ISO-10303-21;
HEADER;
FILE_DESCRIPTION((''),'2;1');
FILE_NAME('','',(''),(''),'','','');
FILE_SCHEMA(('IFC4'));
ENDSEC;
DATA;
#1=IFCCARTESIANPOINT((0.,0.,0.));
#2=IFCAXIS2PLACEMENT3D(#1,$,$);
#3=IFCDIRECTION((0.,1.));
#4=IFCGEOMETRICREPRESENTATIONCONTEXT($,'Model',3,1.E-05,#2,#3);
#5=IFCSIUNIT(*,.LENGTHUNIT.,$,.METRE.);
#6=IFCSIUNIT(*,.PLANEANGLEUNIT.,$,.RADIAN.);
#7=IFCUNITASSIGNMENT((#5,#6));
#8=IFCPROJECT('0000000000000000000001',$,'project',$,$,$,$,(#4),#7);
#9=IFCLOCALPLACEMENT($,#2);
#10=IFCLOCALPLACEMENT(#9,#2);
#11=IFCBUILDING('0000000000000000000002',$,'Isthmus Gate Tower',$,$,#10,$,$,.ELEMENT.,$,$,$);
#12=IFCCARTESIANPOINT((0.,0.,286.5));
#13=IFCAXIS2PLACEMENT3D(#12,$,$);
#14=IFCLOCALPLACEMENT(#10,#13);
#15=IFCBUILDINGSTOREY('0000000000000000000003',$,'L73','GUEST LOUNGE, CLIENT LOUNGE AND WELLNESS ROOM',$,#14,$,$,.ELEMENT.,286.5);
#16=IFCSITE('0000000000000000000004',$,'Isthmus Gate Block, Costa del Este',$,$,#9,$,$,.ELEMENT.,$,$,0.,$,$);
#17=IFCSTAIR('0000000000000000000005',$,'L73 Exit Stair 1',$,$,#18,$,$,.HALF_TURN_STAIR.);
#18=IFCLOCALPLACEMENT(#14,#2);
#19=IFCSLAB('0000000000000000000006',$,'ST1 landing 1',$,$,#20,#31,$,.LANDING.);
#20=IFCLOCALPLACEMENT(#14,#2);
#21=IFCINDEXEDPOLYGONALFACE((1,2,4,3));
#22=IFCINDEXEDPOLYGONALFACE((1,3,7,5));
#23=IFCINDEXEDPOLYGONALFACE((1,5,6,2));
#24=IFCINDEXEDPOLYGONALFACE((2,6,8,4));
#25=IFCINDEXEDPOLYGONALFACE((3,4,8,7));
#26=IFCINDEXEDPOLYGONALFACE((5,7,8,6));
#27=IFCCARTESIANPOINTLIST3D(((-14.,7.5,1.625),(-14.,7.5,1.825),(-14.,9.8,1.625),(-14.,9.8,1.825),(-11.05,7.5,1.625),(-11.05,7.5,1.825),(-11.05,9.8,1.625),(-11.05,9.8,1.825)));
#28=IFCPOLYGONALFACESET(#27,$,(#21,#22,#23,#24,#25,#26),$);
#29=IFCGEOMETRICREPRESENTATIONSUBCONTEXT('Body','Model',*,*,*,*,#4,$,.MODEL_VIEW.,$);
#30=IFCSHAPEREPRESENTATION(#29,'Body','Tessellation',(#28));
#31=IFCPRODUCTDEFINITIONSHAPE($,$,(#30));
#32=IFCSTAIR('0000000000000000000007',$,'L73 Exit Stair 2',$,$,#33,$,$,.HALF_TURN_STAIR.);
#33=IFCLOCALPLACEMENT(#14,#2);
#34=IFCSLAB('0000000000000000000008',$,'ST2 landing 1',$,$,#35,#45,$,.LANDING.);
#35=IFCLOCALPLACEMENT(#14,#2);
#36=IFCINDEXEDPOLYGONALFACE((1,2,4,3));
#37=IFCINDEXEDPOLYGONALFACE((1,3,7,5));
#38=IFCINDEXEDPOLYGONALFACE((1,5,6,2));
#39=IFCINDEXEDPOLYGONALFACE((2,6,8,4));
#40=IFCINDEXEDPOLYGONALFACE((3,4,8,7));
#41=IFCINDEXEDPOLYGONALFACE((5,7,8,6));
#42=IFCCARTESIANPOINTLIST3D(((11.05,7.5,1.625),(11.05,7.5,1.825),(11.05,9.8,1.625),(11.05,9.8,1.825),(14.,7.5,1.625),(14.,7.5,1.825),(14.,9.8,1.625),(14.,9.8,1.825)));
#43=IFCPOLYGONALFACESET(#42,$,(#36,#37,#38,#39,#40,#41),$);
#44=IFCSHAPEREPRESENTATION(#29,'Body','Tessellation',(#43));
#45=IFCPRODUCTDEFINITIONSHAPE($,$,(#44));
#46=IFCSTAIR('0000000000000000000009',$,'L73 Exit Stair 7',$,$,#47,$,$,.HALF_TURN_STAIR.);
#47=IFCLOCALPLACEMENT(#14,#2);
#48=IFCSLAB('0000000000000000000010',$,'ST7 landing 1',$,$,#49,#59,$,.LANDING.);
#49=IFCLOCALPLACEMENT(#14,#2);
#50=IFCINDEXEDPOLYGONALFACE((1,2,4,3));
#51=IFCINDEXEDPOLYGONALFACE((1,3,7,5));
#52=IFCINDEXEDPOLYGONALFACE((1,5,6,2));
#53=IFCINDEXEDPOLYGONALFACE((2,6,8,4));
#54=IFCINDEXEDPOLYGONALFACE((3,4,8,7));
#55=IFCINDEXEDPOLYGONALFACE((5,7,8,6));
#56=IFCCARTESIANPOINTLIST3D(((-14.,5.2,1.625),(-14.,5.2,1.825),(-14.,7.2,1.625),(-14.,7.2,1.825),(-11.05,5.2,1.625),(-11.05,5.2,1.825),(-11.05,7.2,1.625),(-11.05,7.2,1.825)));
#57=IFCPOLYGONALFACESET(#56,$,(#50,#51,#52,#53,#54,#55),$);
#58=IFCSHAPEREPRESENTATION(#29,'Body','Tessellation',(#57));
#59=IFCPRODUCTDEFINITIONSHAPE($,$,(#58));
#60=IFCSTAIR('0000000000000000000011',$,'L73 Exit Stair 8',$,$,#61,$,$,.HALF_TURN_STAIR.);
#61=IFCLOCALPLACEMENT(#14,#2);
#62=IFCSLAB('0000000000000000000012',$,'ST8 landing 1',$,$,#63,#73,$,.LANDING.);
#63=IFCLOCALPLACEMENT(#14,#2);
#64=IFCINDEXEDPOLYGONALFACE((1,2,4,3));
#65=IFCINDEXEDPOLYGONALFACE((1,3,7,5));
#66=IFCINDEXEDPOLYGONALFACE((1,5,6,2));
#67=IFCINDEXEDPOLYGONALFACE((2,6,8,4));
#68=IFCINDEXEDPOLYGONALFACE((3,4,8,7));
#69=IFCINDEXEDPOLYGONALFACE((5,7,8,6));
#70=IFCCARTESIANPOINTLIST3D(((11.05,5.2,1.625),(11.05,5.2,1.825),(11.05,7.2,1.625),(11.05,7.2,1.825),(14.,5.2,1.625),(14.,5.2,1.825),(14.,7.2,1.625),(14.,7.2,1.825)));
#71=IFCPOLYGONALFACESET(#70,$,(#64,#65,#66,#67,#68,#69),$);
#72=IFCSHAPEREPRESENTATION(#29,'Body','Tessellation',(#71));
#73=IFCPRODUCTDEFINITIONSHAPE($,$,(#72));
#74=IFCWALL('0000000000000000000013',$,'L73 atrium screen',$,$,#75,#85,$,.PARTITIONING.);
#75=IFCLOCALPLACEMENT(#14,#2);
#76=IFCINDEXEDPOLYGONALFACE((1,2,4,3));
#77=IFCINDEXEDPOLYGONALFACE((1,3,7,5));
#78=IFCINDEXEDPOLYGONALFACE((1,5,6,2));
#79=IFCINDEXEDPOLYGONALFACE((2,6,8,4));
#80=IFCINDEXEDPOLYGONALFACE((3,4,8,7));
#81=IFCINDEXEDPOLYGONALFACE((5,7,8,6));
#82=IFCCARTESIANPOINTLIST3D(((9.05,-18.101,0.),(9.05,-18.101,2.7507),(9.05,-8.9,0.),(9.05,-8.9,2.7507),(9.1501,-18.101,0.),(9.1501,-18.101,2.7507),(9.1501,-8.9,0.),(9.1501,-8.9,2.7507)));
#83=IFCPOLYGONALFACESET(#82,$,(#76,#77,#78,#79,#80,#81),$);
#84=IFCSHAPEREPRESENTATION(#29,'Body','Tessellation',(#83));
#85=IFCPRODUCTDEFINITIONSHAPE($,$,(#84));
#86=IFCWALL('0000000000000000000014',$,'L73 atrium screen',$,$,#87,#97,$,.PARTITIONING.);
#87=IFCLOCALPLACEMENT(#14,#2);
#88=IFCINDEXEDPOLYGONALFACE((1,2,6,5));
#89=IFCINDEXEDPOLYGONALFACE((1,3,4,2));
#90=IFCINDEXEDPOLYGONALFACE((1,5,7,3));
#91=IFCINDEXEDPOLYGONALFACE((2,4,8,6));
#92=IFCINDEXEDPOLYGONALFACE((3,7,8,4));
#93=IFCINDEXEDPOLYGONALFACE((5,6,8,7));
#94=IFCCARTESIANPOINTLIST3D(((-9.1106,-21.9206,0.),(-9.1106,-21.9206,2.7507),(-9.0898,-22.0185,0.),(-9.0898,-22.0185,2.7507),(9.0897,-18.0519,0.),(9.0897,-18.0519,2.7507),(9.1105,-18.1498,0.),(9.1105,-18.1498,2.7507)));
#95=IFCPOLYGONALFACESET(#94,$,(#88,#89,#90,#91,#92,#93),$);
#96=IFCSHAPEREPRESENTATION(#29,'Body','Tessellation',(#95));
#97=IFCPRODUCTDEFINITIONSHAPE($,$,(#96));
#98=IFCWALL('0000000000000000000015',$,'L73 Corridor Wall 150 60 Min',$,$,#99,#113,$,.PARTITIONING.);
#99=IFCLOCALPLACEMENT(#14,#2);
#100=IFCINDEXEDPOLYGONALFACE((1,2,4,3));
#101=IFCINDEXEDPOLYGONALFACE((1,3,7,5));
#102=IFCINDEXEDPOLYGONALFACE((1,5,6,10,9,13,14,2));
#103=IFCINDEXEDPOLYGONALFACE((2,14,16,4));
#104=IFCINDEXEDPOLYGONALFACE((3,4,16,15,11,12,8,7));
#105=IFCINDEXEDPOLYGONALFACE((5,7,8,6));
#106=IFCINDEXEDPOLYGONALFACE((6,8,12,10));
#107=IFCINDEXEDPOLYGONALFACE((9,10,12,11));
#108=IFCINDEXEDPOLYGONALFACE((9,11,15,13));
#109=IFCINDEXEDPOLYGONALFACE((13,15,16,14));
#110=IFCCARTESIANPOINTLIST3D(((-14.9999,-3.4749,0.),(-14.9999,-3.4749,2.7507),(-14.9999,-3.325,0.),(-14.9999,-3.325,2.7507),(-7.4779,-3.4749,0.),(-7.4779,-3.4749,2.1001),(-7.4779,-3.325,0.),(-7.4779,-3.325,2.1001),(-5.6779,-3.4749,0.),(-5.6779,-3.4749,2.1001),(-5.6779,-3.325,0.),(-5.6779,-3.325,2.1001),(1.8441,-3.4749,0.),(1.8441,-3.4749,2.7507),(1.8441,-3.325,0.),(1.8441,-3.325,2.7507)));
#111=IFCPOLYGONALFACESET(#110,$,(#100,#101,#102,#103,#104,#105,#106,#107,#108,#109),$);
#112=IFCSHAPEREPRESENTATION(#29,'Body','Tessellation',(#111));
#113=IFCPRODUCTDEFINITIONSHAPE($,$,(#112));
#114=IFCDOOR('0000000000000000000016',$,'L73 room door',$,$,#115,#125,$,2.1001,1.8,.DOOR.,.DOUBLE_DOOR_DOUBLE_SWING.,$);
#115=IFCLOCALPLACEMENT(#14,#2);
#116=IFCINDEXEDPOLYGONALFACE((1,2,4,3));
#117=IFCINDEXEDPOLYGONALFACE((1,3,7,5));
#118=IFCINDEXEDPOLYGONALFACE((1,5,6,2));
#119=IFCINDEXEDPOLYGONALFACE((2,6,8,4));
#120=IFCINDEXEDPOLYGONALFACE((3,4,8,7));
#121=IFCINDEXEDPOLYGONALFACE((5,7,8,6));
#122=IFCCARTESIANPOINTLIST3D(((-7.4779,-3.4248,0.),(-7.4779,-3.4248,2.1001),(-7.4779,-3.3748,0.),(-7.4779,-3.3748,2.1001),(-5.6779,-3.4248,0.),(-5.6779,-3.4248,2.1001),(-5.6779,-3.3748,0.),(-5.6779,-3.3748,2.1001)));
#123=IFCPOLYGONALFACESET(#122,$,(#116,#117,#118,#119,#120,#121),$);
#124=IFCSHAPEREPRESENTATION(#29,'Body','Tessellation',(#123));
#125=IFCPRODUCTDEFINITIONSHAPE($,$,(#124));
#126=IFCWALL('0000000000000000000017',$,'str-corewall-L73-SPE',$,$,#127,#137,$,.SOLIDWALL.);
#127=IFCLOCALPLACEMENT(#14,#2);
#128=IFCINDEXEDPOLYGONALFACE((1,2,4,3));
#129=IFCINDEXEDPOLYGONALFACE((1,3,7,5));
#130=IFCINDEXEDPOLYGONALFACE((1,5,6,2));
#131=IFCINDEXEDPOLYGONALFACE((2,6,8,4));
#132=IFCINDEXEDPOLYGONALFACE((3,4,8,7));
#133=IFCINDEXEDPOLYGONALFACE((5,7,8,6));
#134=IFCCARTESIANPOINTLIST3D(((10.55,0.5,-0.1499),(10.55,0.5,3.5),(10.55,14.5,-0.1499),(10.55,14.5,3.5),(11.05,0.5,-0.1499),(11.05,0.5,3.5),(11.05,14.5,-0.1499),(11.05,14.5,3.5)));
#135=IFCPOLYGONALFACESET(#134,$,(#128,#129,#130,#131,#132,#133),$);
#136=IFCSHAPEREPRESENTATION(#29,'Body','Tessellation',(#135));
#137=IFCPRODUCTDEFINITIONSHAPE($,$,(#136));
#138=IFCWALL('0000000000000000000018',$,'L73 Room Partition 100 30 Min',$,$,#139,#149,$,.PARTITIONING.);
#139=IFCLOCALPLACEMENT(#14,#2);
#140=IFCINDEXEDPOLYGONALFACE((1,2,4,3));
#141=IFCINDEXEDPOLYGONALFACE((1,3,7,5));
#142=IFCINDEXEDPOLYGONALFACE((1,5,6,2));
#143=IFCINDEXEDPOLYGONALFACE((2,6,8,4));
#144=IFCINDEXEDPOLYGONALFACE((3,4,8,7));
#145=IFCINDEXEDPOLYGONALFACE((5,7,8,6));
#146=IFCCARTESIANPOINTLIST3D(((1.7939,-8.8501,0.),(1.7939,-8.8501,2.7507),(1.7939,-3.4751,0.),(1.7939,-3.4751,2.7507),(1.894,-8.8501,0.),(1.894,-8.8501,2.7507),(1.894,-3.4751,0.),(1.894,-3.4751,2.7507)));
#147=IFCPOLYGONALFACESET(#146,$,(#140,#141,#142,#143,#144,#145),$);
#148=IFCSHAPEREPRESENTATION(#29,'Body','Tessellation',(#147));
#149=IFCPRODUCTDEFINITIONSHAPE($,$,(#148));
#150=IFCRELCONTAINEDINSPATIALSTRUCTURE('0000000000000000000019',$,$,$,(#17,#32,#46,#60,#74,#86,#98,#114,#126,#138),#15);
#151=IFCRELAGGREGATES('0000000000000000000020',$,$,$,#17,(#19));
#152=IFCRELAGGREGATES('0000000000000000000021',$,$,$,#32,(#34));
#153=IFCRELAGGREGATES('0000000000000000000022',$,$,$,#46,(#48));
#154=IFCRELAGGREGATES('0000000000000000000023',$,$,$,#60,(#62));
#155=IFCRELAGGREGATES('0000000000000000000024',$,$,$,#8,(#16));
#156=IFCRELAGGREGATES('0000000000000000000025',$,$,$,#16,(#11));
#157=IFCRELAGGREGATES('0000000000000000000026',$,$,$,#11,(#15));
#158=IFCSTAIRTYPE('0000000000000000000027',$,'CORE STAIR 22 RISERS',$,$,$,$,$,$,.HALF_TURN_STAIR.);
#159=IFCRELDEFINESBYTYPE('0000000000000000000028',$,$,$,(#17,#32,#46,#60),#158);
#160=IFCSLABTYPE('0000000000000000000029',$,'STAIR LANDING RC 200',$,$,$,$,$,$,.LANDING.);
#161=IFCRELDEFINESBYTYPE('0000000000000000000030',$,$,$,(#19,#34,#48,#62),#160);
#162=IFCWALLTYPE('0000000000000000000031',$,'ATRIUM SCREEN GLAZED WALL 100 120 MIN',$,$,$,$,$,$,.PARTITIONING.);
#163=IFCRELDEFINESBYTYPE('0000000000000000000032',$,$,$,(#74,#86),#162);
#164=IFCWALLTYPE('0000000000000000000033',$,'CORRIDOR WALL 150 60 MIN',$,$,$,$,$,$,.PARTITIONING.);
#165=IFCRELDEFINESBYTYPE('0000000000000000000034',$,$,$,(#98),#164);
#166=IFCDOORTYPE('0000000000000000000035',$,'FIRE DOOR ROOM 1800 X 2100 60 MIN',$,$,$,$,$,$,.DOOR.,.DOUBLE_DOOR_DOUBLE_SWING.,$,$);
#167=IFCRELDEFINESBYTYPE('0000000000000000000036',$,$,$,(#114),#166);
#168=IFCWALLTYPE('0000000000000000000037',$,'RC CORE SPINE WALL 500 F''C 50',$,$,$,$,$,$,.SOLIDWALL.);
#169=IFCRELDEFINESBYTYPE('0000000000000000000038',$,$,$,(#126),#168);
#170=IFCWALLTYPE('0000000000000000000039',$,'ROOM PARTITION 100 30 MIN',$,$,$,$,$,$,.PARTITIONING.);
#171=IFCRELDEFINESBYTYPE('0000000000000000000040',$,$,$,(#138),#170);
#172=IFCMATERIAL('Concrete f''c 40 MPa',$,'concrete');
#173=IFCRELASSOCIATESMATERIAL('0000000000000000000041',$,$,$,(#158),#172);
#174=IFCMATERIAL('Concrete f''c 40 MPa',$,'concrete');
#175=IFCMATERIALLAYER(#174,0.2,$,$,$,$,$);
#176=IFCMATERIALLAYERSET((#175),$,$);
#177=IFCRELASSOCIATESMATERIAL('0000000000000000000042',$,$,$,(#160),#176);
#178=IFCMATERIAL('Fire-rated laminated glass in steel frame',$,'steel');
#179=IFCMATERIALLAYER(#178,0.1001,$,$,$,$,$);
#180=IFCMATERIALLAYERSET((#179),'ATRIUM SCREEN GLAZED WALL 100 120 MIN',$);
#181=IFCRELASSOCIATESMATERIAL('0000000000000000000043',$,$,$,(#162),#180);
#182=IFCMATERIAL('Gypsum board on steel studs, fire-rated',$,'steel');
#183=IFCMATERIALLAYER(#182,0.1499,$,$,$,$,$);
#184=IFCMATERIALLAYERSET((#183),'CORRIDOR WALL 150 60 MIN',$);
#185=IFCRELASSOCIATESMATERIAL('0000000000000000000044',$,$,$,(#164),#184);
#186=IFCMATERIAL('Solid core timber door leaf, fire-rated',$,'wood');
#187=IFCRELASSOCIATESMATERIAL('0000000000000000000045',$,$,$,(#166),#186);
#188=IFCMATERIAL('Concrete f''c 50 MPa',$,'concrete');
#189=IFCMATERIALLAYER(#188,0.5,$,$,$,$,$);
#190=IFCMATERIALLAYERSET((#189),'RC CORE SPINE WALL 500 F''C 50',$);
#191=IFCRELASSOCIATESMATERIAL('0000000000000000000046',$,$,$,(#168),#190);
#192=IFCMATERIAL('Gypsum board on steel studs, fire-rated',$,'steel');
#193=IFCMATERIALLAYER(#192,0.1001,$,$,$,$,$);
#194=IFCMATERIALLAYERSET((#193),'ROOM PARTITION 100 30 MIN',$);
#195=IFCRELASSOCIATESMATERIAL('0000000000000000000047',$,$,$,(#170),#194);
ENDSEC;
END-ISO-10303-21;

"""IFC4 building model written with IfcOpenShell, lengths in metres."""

from ifc_helpers import new_model, si_unit, direction, frame, frame_2d, origin, place, context, subcontext, project, spatial, polyline, rectangle, outline, extrude, material, layer, layer_set, type_object, element, fill, aggregate, save


model = new_model("IFC4")

# Units and contexts
model_context = context("Model", 3, precision=1e-05, world=origin(), true_north=direction((0.0, 1.0)))
body_context = subcontext(model_context, "Body", "Model", "MODEL_VIEW")
ifc_project = project(units=[si_unit("LENGTHUNIT", "METRE"), si_unit("PLANEANGLEUNIT", "RADIAN")], contexts=[model_context])

# Site, building, storey
site_placement = place(None, origin())
site = spatial("IfcSite", under=ifc_project, at=site_placement, Name="Isthmus Gate Block, Costa del Este", CompositionType="ELEMENT", RefElevation=0.0)
building_placement = place(site_placement, origin())
building = spatial("IfcBuilding", under=site, at=building_placement, Name="Isthmus Gate Tower", CompositionType="ELEMENT")
storey_placement = place(building_placement, frame((0.0, 0.0, 286.5)))
storey = spatial("IfcBuildingStorey", under=building, at=storey_placement, Name="L73", Description="GUEST LOUNGE, CLIENT LOUNGE AND WELLNESS ROOM", CompositionType="ELEMENT", Elevation=286.5)

# Stairs, slabs
ifc_material_1 = material(Name="Concrete f'c 40 MPa", Category="concrete")
stair_type = type_object("IfcStairType", Name="CORE STAIR 22 RISERS", PredefinedType="HALF_TURN_STAIR", material=ifc_material_1)
stair_1_placement = place(storey_placement, origin())
stair_1 = element("IfcStair", 1, at=stair_1_placement, inside=storey, type_object=stair_type, Name="L73 Exit Stair 1", PredefinedType="HALF_TURN_STAIR")
ifc_material_2 = material(Name="Concrete f'c 40 MPa", Category="concrete")
ifc_layer_1 = layer(ifc_material_2, 0.2)
ifc_layer_set_1 = layer_set([ifc_layer_1])
slab_type_1 = type_object("IfcSlabType", Name="STAIR LANDING RC 200", PredefinedType="LANDING", material=ifc_layer_set_1)
slab_1_placement = place(storey_placement, frame((0.0, 0.0, 1.625)))
slab_1 = element("IfcSlab", 2, at=slab_1_placement, type_object=slab_type_1, Name="ST1 landing 1", PredefinedType="LANDING", context=body_context, shape_type="SweptSolid", body=[
    extrude(outline(polyline([(-14.0, 9.8), (-14.0, 7.5), (-11.05, 7.5), (-11.05, 9.8), (-14.0, 9.8)])), origin(), (0.0, 0.0, 1.0), 0.2),
])
aggregate(stair_1, [slab_1])
stair_2_placement = place(storey_placement, origin())
stair_2 = element("IfcStair", 3, at=stair_2_placement, inside=storey, type_object=stair_type, Name="L73 Exit Stair 2", PredefinedType="HALF_TURN_STAIR")
slab_2_placement = place(storey_placement, frame((0.0, 0.0, 1.625)))
slab_2 = element("IfcSlab", 4, at=slab_2_placement, type_object=slab_type_1, Name="ST2 landing 1", PredefinedType="LANDING", context=body_context, shape_type="SweptSolid", body=[
    extrude(outline(polyline([(11.05, 9.8), (11.05, 7.5), (14.0, 7.5), (14.0, 9.8), (11.05, 9.8)])), origin(), (0.0, 0.0, 1.0), 0.2),
])
aggregate(stair_2, [slab_2])
stair_3_placement = place(storey_placement, origin())
stair_3 = element("IfcStair", 5, at=stair_3_placement, inside=storey, type_object=stair_type, Name="L73 Exit Stair 7", PredefinedType="HALF_TURN_STAIR")
slab_3_placement = place(storey_placement, frame((0.0, 0.0, 1.625)))
slab_3 = element("IfcSlab", 6, at=slab_3_placement, type_object=slab_type_1, Name="ST7 landing 1", PredefinedType="LANDING", context=body_context, shape_type="SweptSolid", body=[
    extrude(outline(polyline([(-11.05, 5.2), (-11.05, 7.2), (-14.0, 7.2), (-14.0, 5.2), (-11.05, 5.2)])), origin(), (0.0, 0.0, 1.0), 0.2),
])
aggregate(stair_3, [slab_3])
stair_4_placement = place(storey_placement, origin())
stair_4 = element("IfcStair", 7, at=stair_4_placement, inside=storey, type_object=stair_type, Name="L73 Exit Stair 8", PredefinedType="HALF_TURN_STAIR")
slab_4_placement = place(storey_placement, frame((0.0, 0.0, 1.625)))
slab_4 = element("IfcSlab", 8, at=slab_4_placement, type_object=slab_type_1, Name="ST8 landing 1", PredefinedType="LANDING", context=body_context, shape_type="SweptSolid", body=[
    extrude(outline(polyline([(14.0, 5.2), (14.0, 7.2), (11.05, 7.2), (11.05, 5.2), (14.0, 5.2)])), origin(), (0.0, 0.0, 1.0), 0.2),
])
aggregate(stair_4, [slab_4])

# Walls
ifc_material_3 = material(Name="Fire-rated laminated glass in steel frame", Category="steel")
ifc_layer_2 = layer(ifc_material_3, 0.1001)
ifc_layer_set_2 = layer_set([ifc_layer_2], Name="ATRIUM SCREEN GLAZED WALL 100 120 MIN")
wall_type_1 = type_object("IfcWallType", Name="ATRIUM SCREEN GLAZED WALL 100 120 MIN", PredefinedType="PARTITIONING", material=ifc_layer_set_2)
wall_1_placement = place(storey_placement, frame((9.1001, -8.8999, 0.0), z_axis=(0.0, 0.0, 1.0), x_axis=(0.0, -1.0, 0.0)))
element("IfcWall", 9, at=wall_1_placement, inside=storey, type_object=wall_type_1, Name="L73 atrium screen", PredefinedType="PARTITIONING", context=body_context, shape_type="SweptSolid", body=[
    extrude(rectangle(XDim=9.2009, YDim=0.1001, at=frame_2d((4.6006, 0.0))), origin(), (0.0, 0.0, 1.0), 2.7507),
])
wall_2_placement = place(storey_placement, frame((9.1001, -18.1008, 0.0), z_axis=(0.0, 0.0, 1.0), x_axis=(-0.978147, -0.207916, 0.0)))
element("IfcWall", 10, at=wall_2_placement, inside=storey, type_object=wall_type_1, Name="L73 atrium screen", PredefinedType="PARTITIONING", context=body_context, shape_type="SweptSolid", body=[
    extrude(rectangle(XDim=18.6069, YDim=0.1001, at=frame_2d((9.3035, 0.0))), origin(), (0.0, 0.0, 1.0), 2.7507),
])

# Wall, opening, door
ifc_material_4 = material(Name="Gypsum board on steel studs, fire-rated", Category="steel")
ifc_layer_3 = layer(ifc_material_4, 0.1499)
ifc_layer_set_3 = layer_set([ifc_layer_3], Name="CORRIDOR WALL 150 60 MIN")
wall_type_2 = type_object("IfcWallType", Name="CORRIDOR WALL 150 60 MIN", PredefinedType="PARTITIONING", material=ifc_layer_set_3)
wall_3_placement = place(storey_placement, frame((1.844, -3.3999, 0.0), z_axis=(0.0, 0.0, 1.0), x_axis=(-1.0, 0.0, 0.0)))
wall_3 = element("IfcWall", 11, at=wall_3_placement, inside=storey, type_object=wall_type_2, Name="L73 Corridor Wall 150 60 Min", PredefinedType="PARTITIONING", context=body_context, shape_type="SweptSolid", body=[
    extrude(rectangle(XDim=16.844, YDim=0.1499, at=frame_2d((8.4219, 0.0))), origin(), (0.0, 0.0, 1.0), 2.7507),
])
opening_placement = place(wall_3_placement, frame((7.522, 0.0, 0.0)))
opening = element("IfcOpeningElement", 12, at=opening_placement, cuts=wall_3, PredefinedType="OPENING", context=body_context, shape_type="SweptSolid", body=[
    extrude(rectangle(XDim=1.8, YDim=2.1001, at=frame_2d((0.8999, 1.05))), frame((0.0, 0.085, 0.0), z_axis=(0.0, -1.0, 0.0), x_axis=(1.0, 0.0, 0.0)), (0.0, 0.0, 1.0), 0.1699),
])
ifc_material_5 = material(Name="Solid core timber door leaf, fire-rated", Category="wood")
door_type = type_object("IfcDoorType", Name="FIRE DOOR ROOM 1800 X 2100 60 MIN", OperationType="DOUBLE_DOOR_DOUBLE_SWING", PredefinedType="DOOR", material=ifc_material_5)
door_placement = place(opening_placement, origin())
door = element("IfcDoor", 13, at=door_placement, inside=storey, type_object=door_type, Name="L73 room door", OperationType="DOUBLE_DOOR_DOUBLE_SWING", OverallHeight=2.1001, OverallWidth=1.8, PredefinedType="DOOR", context=body_context, shape_type="SweptSolid", body=[
    extrude(rectangle(XDim=1.8, YDim=2.1001, at=frame_2d((0.8999, 1.05))), frame((0.0, 0.0249, 0.0), z_axis=(0.0, -1.0, 0.0), x_axis=(1.0, 0.0, 0.0)), (0.0, 0.0, 1.0), 0.05),
])
fill(opening, door)

# Walls
ifc_material_6 = material(Name="Concrete f'c 50 MPa", Category="concrete")
ifc_layer_4 = layer(ifc_material_6, 0.5)
ifc_layer_set_4 = layer_set([ifc_layer_4], Name="RC CORE SPINE WALL 500 F'C 50")
wall_type_3 = type_object("IfcWallType", Name="RC CORE SPINE WALL 500 F'C 50", PredefinedType="SOLIDWALL", material=ifc_layer_set_4)
wall_4_placement = place(storey_placement, frame((10.8, 0.5, -0.1499), z_axis=(0.0, 0.0, 1.0), x_axis=(0.0, 1.0, 0.0)))
element("IfcWall", 14, at=wall_4_placement, inside=storey, type_object=wall_type_3, Name="str-corewall-L73-SPE", PredefinedType="SOLIDWALL", context=body_context, shape_type="SweptSolid", body=[
    extrude(rectangle(XDim=14.0, YDim=0.5, at=frame_2d((7.0, 0.0))), origin(), (0.0, 0.0, 1.0), 3.6499),
])
ifc_material_7 = material(Name="Gypsum board on steel studs, fire-rated", Category="steel")
ifc_layer_5 = layer(ifc_material_7, 0.1001)
ifc_layer_set_5 = layer_set([ifc_layer_5], Name="ROOM PARTITION 100 30 MIN")
wall_type_4 = type_object("IfcWallType", Name="ROOM PARTITION 100 30 MIN", PredefinedType="PARTITIONING", material=ifc_layer_set_5)
wall_5_placement = place(storey_placement, frame((1.844, -8.8501, 0.0), z_axis=(0.0, 0.0, 1.0), x_axis=(0.0, 1.0, 0.0)))
element("IfcWall", 15, at=wall_5_placement, inside=storey, type_object=wall_type_4, Name="L73 Room Partition 100 30 Min", PredefinedType="PARTITIONING", context=body_context, shape_type="SweptSolid", body=[
    extrude(rectangle(XDim=5.375, YDim=0.1001, at=frame_2d((2.6875, 0.0))), origin(), (0.0, 0.0, 1.0), 2.7507),
])

save(model, "model.ifc")
